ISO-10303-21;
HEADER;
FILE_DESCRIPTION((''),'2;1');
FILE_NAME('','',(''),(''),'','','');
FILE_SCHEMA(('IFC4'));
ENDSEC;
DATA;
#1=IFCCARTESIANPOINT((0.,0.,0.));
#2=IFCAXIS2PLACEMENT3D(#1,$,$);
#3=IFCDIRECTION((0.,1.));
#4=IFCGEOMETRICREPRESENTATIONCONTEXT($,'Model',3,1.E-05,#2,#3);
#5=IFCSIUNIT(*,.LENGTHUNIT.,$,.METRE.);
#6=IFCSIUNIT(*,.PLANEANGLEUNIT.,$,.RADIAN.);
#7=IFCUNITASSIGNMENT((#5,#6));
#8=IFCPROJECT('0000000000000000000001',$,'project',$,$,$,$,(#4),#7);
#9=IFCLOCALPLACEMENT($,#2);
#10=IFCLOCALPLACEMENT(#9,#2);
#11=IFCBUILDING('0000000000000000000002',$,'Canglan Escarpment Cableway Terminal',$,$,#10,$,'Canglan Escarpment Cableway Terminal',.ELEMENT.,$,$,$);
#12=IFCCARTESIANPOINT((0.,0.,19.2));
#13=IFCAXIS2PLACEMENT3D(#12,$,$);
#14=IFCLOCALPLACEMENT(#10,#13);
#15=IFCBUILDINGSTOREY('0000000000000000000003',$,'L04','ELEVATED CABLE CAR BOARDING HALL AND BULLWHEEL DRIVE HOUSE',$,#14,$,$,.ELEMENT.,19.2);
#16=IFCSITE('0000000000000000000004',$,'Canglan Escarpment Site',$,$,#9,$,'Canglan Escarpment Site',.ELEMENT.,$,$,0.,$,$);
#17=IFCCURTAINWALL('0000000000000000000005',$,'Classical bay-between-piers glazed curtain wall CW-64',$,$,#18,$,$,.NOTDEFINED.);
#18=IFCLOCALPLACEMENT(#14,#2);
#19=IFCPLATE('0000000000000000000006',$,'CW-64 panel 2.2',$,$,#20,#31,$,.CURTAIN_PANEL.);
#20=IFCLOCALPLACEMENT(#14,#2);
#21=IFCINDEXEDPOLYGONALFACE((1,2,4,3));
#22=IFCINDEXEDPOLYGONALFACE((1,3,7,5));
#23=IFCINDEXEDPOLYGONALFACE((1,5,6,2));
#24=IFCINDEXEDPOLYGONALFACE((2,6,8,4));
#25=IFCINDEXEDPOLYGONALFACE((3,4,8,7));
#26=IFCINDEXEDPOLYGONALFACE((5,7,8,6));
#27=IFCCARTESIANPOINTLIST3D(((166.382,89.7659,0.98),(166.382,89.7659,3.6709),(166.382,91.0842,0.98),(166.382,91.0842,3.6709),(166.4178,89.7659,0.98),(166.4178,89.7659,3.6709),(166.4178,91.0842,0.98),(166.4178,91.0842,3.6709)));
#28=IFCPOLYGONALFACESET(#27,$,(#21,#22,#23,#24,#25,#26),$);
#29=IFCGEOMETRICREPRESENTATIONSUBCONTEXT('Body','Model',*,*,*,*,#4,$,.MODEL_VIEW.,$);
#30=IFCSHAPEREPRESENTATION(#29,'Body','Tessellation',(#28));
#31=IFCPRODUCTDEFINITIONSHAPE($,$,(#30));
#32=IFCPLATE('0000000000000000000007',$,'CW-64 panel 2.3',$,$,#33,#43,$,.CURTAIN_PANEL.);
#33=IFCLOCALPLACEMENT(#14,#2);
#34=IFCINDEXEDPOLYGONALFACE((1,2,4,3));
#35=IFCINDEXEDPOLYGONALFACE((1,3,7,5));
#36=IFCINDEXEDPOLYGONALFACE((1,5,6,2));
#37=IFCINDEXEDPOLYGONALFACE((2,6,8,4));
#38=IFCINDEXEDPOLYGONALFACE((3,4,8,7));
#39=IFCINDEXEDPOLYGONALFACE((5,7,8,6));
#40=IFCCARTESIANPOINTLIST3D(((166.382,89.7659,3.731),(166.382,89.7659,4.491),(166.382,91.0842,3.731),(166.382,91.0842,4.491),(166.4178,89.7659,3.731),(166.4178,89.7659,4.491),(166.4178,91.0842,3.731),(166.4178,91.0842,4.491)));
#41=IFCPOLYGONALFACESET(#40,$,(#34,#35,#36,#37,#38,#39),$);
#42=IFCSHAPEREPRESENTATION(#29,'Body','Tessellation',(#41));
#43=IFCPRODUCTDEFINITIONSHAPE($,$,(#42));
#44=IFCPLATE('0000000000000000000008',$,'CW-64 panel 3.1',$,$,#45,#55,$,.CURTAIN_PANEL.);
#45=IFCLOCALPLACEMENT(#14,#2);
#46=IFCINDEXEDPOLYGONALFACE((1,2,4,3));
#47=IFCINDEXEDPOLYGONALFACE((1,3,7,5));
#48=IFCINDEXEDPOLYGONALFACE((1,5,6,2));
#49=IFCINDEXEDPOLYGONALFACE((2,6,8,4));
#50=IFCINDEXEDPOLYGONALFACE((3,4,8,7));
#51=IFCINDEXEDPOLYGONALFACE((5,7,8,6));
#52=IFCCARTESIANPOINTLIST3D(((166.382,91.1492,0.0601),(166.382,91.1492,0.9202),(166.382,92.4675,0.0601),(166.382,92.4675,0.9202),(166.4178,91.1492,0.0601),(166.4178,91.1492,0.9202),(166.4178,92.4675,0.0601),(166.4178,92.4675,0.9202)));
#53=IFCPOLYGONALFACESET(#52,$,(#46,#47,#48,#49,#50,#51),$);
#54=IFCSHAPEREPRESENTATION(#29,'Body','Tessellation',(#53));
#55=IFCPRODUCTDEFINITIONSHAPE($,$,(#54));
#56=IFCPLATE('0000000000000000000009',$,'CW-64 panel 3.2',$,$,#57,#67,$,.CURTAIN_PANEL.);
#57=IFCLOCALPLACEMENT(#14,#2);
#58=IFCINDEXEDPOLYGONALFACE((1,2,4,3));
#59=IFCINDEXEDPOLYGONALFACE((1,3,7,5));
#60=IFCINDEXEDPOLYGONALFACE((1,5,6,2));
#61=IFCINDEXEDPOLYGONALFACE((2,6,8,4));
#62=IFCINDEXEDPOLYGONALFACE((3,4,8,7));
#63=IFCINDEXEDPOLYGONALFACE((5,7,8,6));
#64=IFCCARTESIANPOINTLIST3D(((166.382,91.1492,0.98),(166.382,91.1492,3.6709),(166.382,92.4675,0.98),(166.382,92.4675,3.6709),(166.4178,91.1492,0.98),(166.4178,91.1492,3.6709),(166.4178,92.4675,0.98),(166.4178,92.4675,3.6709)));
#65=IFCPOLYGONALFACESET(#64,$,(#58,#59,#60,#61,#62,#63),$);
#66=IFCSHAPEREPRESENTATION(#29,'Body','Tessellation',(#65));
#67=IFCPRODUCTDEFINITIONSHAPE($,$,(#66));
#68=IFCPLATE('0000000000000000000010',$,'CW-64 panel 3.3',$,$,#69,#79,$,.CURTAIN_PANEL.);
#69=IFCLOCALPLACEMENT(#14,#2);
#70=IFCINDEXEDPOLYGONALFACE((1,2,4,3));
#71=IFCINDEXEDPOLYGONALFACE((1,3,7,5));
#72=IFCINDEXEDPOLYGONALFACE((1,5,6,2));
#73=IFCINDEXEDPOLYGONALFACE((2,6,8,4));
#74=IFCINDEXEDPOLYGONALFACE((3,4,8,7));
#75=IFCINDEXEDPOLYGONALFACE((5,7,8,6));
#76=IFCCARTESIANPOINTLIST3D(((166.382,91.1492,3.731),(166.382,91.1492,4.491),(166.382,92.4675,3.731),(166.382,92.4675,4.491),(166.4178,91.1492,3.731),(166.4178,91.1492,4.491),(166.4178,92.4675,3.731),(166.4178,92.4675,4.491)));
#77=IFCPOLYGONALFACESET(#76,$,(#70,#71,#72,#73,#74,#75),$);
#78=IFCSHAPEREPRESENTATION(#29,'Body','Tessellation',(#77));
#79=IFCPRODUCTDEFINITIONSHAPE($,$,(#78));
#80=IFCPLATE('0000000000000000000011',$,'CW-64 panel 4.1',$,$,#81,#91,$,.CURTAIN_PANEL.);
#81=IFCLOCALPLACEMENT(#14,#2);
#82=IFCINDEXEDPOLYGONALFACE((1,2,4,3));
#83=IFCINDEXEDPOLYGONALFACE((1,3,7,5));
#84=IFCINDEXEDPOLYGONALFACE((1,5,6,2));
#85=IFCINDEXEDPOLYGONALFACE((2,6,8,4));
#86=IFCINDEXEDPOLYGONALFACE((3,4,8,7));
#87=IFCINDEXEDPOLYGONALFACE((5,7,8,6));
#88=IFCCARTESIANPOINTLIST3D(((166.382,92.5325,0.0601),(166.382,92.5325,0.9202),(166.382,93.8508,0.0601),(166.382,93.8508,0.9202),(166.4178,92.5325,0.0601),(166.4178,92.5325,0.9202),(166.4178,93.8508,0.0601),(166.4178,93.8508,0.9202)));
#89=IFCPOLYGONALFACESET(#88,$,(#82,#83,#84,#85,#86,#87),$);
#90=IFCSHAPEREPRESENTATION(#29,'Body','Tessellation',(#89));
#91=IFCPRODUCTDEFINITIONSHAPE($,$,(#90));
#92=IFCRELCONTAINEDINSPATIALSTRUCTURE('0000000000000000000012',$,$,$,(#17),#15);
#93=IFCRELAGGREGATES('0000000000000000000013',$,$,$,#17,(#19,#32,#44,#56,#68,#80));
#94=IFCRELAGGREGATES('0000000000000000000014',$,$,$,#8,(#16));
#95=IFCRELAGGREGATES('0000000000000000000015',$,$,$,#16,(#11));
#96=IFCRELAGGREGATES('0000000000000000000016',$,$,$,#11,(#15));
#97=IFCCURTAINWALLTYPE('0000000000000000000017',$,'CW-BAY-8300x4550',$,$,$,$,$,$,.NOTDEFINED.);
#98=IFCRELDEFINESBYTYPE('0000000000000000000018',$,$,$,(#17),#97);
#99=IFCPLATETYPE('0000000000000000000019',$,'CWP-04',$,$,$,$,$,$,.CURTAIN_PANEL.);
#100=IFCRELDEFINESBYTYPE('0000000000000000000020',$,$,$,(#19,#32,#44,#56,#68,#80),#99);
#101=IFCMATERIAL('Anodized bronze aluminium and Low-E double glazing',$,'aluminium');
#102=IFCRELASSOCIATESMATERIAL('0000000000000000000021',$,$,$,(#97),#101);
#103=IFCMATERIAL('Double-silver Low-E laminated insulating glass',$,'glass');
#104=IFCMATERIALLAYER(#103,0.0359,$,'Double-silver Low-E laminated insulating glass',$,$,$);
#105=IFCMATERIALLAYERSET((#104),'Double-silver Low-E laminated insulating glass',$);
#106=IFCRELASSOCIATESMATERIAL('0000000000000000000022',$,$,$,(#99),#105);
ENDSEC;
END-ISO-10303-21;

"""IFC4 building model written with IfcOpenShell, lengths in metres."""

from ifc_helpers import new_model, si_unit, direction, frame, origin, origin_2d, place, context, subcontext, project, spatial, rectangle, extrude, material, layer, layer_set, type_object, element, aggregate, save


model = new_model("IFC4")

# Units and contexts
model_context = context("Model", 3, precision=1e-05, world=origin(), true_north=direction((0.0, 1.0)))
body_context = subcontext(model_context, "Body", "Model", "MODEL_VIEW")
ifc_project = project(units=[si_unit("LENGTHUNIT", "METRE"), si_unit("PLANEANGLEUNIT", "RADIAN")], contexts=[model_context])

# Site, building, storey
site_placement = place(None, origin())
site = spatial("IfcSite", under=ifc_project, at=site_placement, Name="Canglan Escarpment Site", LongName="Canglan Escarpment Site", CompositionType="ELEMENT", RefElevation=0.0)
building_placement = place(site_placement, origin())
building = spatial("IfcBuilding", under=site, at=building_placement, Name="Canglan Escarpment Cableway Terminal", LongName="Canglan Escarpment Cableway Terminal", CompositionType="ELEMENT")
storey_placement = place(building_placement, frame((0.0, 0.0, 19.2)))
storey = spatial("IfcBuildingStorey", under=building, at=storey_placement, Name="L04", Description="ELEVATED CABLE CAR BOARDING HALL AND BULLWHEEL DRIVE HOUSE", CompositionType="ELEMENT", Elevation=19.2)

# Shared definitions
ifc_material_1 = material(Name="Anodized bronze aluminium and Low-E double glazing", Category="aluminium")
curtain_wall_type = type_object("IfcCurtainWallType", Name="CW-BAY-8300x4550", PredefinedType="NOTDEFINED", material=ifc_material_1)

# Curtain wall, plates
curtain_wall_1_placement = place(storey_placement, origin())
curtain_wall_1 = element("IfcCurtainWall", 1, at=curtain_wall_1_placement, inside=storey, type_object=curtain_wall_type, Name="Classical bay-between-piers glazed curtain wall CW-64", PredefinedType="NOTDEFINED")
ifc_material_2 = material(Name="Double-silver Low-E laminated insulating glass", Category="glass")
ifc_layer = layer(ifc_material_2, 0.0359, Name="Double-silver Low-E laminated insulating glass")
ifc_layer_set = layer_set([ifc_layer], Name="Double-silver Low-E laminated insulating glass")
plate_type = type_object("IfcPlateType", Name="CWP-04", PredefinedType="CURTAIN_PANEL", material=ifc_layer_set)
plate_1_placement = place(storey_placement, frame((166.3999, 90.425, 0.98), z_axis=(0.0, 0.0, 1.0), x_axis=(0.0, 1.0, 0.0)))
plate_1 = element("IfcPlate", 2, at=plate_1_placement, type_object=plate_type, Name="CW-64 panel 2.2", PredefinedType="CURTAIN_PANEL", context=body_context, shape_type="SweptSolid", body=[
    extrude(rectangle(XDim=1.3184, YDim=0.0359, at=origin_2d()), origin(), (0.0, 0.0, 1.0), 2.6909),
])
plate_2_placement = place(storey_placement, frame((166.3999, 90.425, 3.731), z_axis=(0.0, 0.0, 1.0), x_axis=(0.0, 1.0, 0.0)))
plate_2 = element("IfcPlate", 3, at=plate_2_placement, type_object=plate_type, Name="CW-64 panel 2.3", PredefinedType="CURTAIN_PANEL", context=body_context, shape_type="SweptSolid", body=[
    extrude(rectangle(XDim=1.3184, YDim=0.0359, at=origin_2d()), origin(), (0.0, 0.0, 1.0), 0.76),
])
plate_3_placement = place(storey_placement, frame((166.3999, 91.8083, 0.0601), z_axis=(0.0, 0.0, 1.0), x_axis=(0.0, 1.0, 0.0)))
plate_3 = element("IfcPlate", 4, at=plate_3_placement, type_object=plate_type, Name="CW-64 panel 3.1", PredefinedType="CURTAIN_PANEL", context=body_context, shape_type="SweptSolid", body=[
    extrude(rectangle(XDim=1.3184, YDim=0.0359, at=origin_2d()), origin(), (0.0, 0.0, 1.0), 0.8601),
])
plate_4_placement = place(storey_placement, frame((166.3999, 91.8083, 0.98), z_axis=(0.0, 0.0, 1.0), x_axis=(0.0, 1.0, 0.0)))
plate_4 = element("IfcPlate", 5, at=plate_4_placement, type_object=plate_type, Name="CW-64 panel 3.2", PredefinedType="CURTAIN_PANEL", context=body_context, shape_type="SweptSolid", body=[
    extrude(rectangle(XDim=1.3184, YDim=0.0359, at=origin_2d()), origin(), (0.0, 0.0, 1.0), 2.6909),
])
plate_5_placement = place(storey_placement, frame((166.3999, 91.8083, 3.731), z_axis=(0.0, 0.0, 1.0), x_axis=(0.0, 1.0, 0.0)))
plate_5 = element("IfcPlate", 6, at=plate_5_placement, type_object=plate_type, Name="CW-64 panel 3.3", PredefinedType="CURTAIN_PANEL", context=body_context, shape_type="SweptSolid", body=[
    extrude(rectangle(XDim=1.3184, YDim=0.0359, at=origin_2d()), origin(), (0.0, 0.0, 1.0), 0.76),
])
plate_6_placement = place(storey_placement, frame((166.3999, 93.1917, 0.0601), z_axis=(0.0, 0.0, 1.0), x_axis=(0.0, 1.0, 0.0)))
plate_6 = element("IfcPlate", 7, at=plate_6_placement, type_object=plate_type, Name="CW-64 panel 4.1", PredefinedType="CURTAIN_PANEL", context=body_context, shape_type="SweptSolid", body=[
    extrude(rectangle(XDim=1.3184, YDim=0.0359, at=origin_2d()), origin(), (0.0, 0.0, 1.0), 0.8601),
])
aggregate(curtain_wall_1, [plate_1, plate_2, plate_3, plate_4, plate_5, plate_6])

save(model, "model.ifc")
